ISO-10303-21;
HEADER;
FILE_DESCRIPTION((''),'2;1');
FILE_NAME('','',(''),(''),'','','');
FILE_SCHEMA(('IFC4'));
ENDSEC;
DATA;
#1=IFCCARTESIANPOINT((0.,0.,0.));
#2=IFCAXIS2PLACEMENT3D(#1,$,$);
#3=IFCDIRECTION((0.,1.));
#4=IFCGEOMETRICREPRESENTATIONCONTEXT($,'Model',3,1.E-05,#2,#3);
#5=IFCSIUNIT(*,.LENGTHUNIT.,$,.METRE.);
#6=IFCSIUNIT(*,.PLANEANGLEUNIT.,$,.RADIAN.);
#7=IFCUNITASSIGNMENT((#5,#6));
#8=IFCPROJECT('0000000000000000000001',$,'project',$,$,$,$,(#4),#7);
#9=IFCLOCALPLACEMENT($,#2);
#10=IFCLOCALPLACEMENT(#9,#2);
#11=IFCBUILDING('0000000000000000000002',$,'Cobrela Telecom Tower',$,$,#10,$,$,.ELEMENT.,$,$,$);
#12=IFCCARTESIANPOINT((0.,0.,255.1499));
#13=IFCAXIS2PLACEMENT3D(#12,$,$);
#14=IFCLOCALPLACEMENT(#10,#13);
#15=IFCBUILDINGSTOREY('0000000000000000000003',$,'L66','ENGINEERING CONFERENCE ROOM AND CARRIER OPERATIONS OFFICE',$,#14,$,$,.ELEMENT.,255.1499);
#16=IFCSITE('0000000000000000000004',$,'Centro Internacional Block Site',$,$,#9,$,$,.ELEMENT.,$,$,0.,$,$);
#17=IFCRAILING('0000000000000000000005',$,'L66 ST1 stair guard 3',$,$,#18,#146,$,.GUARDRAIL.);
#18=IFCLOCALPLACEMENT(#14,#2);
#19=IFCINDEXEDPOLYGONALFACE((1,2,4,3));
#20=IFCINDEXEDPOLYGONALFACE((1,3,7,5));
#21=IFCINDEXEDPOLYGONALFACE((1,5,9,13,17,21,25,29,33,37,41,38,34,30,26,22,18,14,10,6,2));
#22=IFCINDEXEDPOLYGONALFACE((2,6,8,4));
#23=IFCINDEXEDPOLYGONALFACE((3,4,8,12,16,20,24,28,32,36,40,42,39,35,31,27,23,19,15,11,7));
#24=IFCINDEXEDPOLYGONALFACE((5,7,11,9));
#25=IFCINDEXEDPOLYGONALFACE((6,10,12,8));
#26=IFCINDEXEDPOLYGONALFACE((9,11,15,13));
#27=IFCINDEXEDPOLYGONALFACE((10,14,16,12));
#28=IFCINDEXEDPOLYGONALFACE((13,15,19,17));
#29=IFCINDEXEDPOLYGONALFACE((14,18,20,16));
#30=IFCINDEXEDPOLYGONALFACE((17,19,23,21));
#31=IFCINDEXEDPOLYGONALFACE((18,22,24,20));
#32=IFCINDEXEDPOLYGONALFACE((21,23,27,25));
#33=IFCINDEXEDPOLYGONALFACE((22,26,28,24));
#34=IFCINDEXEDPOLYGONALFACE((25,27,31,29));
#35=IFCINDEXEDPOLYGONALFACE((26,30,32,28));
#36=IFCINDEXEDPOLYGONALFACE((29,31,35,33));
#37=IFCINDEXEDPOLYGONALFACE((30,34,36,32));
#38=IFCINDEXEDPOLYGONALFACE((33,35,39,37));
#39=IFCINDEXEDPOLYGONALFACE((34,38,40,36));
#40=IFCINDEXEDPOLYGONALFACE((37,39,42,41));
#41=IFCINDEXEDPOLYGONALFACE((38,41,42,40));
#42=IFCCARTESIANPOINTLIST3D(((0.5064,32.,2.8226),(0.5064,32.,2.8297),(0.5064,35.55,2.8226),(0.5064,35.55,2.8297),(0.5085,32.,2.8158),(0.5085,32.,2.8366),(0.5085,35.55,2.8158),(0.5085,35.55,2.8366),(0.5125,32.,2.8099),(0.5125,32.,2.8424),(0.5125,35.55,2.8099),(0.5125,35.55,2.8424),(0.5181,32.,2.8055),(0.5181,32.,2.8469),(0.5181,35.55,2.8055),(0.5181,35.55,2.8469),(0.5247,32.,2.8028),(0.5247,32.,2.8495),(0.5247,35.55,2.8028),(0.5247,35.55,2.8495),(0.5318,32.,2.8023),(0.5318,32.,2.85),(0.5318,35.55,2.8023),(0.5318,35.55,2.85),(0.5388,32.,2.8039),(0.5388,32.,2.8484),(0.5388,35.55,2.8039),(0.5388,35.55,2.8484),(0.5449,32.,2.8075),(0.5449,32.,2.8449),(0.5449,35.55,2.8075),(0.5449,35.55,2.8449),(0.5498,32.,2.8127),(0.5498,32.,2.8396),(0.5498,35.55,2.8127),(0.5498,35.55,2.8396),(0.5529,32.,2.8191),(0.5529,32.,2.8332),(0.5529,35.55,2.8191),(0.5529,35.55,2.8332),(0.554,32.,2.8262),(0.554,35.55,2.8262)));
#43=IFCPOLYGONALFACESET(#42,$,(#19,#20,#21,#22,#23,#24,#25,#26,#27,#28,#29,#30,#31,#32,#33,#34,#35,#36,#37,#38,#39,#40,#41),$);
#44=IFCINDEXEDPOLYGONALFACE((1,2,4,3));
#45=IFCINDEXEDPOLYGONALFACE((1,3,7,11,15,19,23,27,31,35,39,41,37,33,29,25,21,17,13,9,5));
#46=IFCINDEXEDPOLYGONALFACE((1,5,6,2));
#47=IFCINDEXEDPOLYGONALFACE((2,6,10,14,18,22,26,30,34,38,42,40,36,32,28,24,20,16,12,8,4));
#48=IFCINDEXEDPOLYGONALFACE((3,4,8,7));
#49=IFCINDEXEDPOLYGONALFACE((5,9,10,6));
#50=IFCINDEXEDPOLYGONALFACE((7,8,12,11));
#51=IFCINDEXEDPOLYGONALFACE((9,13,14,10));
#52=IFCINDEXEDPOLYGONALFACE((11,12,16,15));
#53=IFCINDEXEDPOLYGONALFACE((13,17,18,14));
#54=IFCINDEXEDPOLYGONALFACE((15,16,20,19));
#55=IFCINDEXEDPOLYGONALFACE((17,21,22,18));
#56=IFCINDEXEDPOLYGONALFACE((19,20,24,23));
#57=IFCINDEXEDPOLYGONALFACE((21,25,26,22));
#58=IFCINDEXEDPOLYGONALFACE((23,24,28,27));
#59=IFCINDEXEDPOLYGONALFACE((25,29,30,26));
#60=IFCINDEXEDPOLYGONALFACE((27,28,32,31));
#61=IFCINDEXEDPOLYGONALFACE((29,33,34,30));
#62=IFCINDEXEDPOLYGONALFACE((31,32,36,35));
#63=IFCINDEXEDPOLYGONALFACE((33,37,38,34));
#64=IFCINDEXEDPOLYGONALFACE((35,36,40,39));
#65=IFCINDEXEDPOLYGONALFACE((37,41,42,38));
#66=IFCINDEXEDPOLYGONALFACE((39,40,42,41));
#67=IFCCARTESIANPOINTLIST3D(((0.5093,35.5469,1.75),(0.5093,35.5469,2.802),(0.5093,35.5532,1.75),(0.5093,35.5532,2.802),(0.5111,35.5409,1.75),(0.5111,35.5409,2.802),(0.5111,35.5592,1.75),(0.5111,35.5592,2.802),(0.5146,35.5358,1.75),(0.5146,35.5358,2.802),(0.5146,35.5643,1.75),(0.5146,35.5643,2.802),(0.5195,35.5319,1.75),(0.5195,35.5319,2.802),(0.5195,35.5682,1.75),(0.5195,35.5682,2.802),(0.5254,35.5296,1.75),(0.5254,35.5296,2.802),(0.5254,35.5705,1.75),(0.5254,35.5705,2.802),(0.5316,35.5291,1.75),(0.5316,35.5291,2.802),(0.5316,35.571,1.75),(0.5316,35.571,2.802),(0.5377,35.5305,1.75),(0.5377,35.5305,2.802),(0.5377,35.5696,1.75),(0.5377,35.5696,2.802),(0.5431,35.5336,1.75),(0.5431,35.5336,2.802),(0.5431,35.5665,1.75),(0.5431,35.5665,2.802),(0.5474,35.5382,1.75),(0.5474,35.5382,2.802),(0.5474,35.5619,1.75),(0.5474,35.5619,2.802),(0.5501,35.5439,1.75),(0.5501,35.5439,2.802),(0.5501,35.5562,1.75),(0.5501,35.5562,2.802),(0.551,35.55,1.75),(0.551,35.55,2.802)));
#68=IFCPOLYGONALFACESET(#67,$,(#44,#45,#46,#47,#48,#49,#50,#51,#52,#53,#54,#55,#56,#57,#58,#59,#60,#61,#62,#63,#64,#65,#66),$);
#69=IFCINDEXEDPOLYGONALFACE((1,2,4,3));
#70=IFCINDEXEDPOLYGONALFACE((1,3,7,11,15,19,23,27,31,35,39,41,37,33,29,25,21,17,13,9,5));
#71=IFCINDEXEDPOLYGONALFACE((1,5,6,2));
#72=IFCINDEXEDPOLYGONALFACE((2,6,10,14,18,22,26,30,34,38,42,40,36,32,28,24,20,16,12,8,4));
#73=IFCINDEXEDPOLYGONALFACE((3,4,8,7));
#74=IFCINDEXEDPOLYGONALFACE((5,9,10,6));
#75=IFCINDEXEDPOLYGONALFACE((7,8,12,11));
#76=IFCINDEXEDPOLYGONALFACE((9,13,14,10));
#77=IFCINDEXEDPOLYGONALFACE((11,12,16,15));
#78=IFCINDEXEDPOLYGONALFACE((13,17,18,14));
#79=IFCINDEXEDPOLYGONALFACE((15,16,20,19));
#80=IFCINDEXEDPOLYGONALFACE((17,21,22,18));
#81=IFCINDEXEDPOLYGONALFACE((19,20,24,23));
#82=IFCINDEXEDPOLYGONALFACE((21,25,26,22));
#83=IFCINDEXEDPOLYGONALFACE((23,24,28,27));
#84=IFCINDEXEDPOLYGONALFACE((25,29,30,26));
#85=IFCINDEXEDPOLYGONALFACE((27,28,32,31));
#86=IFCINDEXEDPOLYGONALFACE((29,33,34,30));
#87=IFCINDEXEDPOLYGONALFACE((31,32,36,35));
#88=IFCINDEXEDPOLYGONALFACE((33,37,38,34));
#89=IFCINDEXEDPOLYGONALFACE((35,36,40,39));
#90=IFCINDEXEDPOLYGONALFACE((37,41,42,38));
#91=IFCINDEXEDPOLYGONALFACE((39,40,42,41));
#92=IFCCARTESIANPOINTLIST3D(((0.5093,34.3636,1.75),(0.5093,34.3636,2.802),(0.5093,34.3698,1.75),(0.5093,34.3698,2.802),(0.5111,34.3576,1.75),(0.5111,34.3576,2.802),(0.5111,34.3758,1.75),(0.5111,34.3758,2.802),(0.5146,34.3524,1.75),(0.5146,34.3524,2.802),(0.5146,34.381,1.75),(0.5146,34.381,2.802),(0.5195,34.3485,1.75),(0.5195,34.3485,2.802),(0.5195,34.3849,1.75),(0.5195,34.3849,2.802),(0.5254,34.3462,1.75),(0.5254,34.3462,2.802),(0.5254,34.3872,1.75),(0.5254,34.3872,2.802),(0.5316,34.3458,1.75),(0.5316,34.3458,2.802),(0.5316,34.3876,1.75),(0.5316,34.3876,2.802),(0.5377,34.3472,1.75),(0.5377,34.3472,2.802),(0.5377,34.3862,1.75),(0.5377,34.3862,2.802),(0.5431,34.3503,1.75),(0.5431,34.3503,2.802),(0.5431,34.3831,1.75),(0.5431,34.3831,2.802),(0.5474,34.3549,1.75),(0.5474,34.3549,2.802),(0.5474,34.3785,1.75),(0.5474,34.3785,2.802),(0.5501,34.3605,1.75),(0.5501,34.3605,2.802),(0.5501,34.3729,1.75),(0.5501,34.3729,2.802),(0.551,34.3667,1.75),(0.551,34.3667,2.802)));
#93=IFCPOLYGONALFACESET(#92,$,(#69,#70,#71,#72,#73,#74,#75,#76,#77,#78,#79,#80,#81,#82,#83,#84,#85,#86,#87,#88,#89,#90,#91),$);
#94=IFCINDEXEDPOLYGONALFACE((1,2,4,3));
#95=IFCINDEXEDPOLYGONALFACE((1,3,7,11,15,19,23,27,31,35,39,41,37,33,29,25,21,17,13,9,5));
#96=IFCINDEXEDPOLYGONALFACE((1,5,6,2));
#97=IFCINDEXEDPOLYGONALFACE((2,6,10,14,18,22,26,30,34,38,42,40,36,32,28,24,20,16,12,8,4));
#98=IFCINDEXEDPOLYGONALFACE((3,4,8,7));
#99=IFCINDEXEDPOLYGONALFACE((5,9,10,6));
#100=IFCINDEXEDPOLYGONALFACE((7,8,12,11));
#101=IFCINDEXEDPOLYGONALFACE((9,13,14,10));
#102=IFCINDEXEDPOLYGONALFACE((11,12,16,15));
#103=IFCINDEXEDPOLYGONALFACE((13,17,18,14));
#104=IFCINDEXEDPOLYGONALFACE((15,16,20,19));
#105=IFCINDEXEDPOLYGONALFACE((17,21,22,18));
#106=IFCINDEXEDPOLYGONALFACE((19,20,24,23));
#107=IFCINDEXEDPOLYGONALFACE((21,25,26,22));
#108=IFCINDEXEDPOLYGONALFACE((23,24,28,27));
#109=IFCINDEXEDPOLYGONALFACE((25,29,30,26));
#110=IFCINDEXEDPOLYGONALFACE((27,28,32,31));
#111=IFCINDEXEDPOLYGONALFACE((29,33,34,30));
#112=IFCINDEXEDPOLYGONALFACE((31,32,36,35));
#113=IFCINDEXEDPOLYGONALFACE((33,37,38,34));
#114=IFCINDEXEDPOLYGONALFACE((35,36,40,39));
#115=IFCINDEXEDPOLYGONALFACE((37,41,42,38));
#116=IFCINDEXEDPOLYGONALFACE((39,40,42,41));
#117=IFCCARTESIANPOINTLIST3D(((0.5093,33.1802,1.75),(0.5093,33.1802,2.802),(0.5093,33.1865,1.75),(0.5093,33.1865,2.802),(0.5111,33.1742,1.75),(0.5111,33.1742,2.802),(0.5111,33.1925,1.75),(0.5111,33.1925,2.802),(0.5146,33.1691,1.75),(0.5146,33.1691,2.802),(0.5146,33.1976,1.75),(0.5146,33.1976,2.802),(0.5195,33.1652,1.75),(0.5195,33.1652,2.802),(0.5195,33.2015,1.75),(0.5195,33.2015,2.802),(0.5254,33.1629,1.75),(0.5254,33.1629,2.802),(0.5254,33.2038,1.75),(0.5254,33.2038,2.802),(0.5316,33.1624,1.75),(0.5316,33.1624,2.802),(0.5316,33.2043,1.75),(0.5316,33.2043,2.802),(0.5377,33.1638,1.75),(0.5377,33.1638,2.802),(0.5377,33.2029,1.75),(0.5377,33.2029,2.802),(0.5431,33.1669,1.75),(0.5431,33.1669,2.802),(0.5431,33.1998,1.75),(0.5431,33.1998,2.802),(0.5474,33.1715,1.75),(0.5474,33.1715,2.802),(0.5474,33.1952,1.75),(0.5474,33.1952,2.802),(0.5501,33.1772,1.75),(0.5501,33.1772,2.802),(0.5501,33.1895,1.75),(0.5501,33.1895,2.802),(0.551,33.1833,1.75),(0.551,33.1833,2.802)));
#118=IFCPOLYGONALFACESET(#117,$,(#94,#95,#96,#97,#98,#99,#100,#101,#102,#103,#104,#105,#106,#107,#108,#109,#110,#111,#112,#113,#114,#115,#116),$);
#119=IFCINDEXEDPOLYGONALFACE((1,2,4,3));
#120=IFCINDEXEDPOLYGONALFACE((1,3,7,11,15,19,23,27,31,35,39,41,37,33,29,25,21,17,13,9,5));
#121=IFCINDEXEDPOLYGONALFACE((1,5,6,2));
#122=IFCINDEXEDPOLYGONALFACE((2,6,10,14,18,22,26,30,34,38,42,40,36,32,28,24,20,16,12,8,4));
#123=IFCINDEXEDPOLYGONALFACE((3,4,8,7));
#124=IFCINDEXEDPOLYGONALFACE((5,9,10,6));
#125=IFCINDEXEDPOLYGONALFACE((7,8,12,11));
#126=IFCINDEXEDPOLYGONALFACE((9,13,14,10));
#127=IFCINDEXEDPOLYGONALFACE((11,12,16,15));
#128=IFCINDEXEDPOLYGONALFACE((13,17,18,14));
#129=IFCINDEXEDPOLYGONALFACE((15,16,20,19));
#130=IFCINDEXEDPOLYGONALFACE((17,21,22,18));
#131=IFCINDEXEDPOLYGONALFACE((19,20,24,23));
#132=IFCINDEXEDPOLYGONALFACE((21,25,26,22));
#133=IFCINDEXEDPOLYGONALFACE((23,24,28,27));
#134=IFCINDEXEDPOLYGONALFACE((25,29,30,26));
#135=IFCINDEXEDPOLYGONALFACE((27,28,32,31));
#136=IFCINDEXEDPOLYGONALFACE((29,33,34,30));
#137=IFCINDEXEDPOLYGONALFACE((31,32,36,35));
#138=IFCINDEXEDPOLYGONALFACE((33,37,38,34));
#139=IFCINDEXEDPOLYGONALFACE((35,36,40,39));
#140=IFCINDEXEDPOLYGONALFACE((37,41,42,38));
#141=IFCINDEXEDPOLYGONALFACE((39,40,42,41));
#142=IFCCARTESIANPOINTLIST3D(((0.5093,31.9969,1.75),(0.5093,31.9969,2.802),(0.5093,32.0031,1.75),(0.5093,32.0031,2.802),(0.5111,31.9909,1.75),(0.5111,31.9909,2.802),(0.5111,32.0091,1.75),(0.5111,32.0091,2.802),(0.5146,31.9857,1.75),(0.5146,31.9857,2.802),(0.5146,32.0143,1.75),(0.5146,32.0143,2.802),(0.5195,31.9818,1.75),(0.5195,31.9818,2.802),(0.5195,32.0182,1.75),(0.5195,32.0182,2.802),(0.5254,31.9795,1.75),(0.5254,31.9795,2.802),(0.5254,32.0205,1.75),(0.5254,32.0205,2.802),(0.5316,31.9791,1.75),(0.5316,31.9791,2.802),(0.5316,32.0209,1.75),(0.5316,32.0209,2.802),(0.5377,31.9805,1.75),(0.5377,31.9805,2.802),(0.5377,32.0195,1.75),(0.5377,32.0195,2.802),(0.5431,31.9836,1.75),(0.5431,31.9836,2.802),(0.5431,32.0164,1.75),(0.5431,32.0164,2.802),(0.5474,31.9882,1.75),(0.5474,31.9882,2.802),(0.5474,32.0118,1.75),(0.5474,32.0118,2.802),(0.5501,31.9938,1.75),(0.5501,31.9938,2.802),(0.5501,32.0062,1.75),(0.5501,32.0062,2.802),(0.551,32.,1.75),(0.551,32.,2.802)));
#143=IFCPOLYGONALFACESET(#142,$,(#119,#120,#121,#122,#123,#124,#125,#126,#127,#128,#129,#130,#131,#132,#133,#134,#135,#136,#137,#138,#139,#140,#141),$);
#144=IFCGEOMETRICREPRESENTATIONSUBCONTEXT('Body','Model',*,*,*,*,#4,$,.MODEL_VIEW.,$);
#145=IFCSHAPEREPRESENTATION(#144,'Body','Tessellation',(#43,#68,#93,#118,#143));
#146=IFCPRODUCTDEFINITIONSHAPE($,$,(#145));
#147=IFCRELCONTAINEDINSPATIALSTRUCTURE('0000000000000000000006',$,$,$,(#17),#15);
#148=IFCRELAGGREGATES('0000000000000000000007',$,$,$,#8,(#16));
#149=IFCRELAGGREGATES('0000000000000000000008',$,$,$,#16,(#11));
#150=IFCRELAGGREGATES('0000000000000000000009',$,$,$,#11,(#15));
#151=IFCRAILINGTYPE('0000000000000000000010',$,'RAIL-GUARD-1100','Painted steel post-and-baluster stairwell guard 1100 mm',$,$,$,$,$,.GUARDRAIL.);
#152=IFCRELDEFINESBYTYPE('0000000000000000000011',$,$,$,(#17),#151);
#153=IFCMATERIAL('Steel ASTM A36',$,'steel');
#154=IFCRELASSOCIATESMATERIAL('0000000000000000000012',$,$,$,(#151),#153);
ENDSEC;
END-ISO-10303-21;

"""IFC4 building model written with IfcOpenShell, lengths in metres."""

from ifc_helpers import new_model, si_unit, direction, frame, origin, origin_2d, place, context, subcontext, project, spatial, circle, extrude, material, type_object, element, save


model = new_model("IFC4")

# Units and contexts
model_context = context("Model", 3, precision=1e-05, world=origin(), true_north=direction((0.0, 1.0)))
body_context = subcontext(model_context, "Body", "Model", "MODEL_VIEW")
ifc_project = project(units=[si_unit("LENGTHUNIT", "METRE"), si_unit("PLANEANGLEUNIT", "RADIAN")], contexts=[model_context])

# Site, building, storey
site_placement = place(None, origin())
site = spatial("IfcSite", under=ifc_project, at=site_placement, Name="Centro Internacional Block Site", CompositionType="ELEMENT", RefElevation=0.0)
building_placement = place(site_placement, origin())
building = spatial("IfcBuilding", under=site, at=building_placement, Name="Cobrela Telecom Tower", CompositionType="ELEMENT")
storey_placement = place(building_placement, frame((0.0, 0.0, 255.1499)))
storey = spatial("IfcBuildingStorey", under=building, at=storey_placement, Name="L66", Description="ENGINEERING CONFERENCE ROOM AND CARRIER OPERATIONS OFFICE", CompositionType="ELEMENT", Elevation=255.1499)

# Shared definitions
ifc_material_1 = material(Name="Steel ASTM A36", Category="steel")

# Railing
railing_type_1 = type_object("IfcRailingType", Name="RAIL-GUARD-1100", Description="Painted steel post-and-baluster stairwell guard 1100 mm", PredefinedType="GUARDRAIL", material=ifc_material_1)
railing_1_placement = place(storey_placement, frame((0.53, 35.55, 1.75)))
element("IfcRailing", 1, at=railing_1_placement, inside=storey, type_object=railing_type_1, Name="L66 ST1 stair guard 3", PredefinedType="GUARDRAIL", context=body_context, shape_type="SweptSolid", body=[
    extrude(circle(Radius=0.0239, at=origin_2d()), frame((0.0, 0.0, 1.0762), z_axis=(0.0, -1.0, 0.0), x_axis=(1.0, 0.0, 0.0)), (0.0, 0.0, 1.0), 3.55),
    extrude(circle(Radius=0.021, at=origin_2d()), origin(), (0.0, 0.0, 1.0), 1.052),
    extrude(circle(Radius=0.021, at=origin_2d()), frame((0.0, -1.1833, 0.0)), (0.0, 0.0, 1.0), 1.052),
    extrude(circle(Radius=0.021, at=origin_2d()), frame((0.0, -2.3667, 0.0)), (0.0, 0.0, 1.0), 1.052),
    extrude(circle(Radius=0.021, at=origin_2d()), frame((0.0, -3.55, 0.0)), (0.0, 0.0, 1.0), 1.052),
])

save(model, "model.ifc")
